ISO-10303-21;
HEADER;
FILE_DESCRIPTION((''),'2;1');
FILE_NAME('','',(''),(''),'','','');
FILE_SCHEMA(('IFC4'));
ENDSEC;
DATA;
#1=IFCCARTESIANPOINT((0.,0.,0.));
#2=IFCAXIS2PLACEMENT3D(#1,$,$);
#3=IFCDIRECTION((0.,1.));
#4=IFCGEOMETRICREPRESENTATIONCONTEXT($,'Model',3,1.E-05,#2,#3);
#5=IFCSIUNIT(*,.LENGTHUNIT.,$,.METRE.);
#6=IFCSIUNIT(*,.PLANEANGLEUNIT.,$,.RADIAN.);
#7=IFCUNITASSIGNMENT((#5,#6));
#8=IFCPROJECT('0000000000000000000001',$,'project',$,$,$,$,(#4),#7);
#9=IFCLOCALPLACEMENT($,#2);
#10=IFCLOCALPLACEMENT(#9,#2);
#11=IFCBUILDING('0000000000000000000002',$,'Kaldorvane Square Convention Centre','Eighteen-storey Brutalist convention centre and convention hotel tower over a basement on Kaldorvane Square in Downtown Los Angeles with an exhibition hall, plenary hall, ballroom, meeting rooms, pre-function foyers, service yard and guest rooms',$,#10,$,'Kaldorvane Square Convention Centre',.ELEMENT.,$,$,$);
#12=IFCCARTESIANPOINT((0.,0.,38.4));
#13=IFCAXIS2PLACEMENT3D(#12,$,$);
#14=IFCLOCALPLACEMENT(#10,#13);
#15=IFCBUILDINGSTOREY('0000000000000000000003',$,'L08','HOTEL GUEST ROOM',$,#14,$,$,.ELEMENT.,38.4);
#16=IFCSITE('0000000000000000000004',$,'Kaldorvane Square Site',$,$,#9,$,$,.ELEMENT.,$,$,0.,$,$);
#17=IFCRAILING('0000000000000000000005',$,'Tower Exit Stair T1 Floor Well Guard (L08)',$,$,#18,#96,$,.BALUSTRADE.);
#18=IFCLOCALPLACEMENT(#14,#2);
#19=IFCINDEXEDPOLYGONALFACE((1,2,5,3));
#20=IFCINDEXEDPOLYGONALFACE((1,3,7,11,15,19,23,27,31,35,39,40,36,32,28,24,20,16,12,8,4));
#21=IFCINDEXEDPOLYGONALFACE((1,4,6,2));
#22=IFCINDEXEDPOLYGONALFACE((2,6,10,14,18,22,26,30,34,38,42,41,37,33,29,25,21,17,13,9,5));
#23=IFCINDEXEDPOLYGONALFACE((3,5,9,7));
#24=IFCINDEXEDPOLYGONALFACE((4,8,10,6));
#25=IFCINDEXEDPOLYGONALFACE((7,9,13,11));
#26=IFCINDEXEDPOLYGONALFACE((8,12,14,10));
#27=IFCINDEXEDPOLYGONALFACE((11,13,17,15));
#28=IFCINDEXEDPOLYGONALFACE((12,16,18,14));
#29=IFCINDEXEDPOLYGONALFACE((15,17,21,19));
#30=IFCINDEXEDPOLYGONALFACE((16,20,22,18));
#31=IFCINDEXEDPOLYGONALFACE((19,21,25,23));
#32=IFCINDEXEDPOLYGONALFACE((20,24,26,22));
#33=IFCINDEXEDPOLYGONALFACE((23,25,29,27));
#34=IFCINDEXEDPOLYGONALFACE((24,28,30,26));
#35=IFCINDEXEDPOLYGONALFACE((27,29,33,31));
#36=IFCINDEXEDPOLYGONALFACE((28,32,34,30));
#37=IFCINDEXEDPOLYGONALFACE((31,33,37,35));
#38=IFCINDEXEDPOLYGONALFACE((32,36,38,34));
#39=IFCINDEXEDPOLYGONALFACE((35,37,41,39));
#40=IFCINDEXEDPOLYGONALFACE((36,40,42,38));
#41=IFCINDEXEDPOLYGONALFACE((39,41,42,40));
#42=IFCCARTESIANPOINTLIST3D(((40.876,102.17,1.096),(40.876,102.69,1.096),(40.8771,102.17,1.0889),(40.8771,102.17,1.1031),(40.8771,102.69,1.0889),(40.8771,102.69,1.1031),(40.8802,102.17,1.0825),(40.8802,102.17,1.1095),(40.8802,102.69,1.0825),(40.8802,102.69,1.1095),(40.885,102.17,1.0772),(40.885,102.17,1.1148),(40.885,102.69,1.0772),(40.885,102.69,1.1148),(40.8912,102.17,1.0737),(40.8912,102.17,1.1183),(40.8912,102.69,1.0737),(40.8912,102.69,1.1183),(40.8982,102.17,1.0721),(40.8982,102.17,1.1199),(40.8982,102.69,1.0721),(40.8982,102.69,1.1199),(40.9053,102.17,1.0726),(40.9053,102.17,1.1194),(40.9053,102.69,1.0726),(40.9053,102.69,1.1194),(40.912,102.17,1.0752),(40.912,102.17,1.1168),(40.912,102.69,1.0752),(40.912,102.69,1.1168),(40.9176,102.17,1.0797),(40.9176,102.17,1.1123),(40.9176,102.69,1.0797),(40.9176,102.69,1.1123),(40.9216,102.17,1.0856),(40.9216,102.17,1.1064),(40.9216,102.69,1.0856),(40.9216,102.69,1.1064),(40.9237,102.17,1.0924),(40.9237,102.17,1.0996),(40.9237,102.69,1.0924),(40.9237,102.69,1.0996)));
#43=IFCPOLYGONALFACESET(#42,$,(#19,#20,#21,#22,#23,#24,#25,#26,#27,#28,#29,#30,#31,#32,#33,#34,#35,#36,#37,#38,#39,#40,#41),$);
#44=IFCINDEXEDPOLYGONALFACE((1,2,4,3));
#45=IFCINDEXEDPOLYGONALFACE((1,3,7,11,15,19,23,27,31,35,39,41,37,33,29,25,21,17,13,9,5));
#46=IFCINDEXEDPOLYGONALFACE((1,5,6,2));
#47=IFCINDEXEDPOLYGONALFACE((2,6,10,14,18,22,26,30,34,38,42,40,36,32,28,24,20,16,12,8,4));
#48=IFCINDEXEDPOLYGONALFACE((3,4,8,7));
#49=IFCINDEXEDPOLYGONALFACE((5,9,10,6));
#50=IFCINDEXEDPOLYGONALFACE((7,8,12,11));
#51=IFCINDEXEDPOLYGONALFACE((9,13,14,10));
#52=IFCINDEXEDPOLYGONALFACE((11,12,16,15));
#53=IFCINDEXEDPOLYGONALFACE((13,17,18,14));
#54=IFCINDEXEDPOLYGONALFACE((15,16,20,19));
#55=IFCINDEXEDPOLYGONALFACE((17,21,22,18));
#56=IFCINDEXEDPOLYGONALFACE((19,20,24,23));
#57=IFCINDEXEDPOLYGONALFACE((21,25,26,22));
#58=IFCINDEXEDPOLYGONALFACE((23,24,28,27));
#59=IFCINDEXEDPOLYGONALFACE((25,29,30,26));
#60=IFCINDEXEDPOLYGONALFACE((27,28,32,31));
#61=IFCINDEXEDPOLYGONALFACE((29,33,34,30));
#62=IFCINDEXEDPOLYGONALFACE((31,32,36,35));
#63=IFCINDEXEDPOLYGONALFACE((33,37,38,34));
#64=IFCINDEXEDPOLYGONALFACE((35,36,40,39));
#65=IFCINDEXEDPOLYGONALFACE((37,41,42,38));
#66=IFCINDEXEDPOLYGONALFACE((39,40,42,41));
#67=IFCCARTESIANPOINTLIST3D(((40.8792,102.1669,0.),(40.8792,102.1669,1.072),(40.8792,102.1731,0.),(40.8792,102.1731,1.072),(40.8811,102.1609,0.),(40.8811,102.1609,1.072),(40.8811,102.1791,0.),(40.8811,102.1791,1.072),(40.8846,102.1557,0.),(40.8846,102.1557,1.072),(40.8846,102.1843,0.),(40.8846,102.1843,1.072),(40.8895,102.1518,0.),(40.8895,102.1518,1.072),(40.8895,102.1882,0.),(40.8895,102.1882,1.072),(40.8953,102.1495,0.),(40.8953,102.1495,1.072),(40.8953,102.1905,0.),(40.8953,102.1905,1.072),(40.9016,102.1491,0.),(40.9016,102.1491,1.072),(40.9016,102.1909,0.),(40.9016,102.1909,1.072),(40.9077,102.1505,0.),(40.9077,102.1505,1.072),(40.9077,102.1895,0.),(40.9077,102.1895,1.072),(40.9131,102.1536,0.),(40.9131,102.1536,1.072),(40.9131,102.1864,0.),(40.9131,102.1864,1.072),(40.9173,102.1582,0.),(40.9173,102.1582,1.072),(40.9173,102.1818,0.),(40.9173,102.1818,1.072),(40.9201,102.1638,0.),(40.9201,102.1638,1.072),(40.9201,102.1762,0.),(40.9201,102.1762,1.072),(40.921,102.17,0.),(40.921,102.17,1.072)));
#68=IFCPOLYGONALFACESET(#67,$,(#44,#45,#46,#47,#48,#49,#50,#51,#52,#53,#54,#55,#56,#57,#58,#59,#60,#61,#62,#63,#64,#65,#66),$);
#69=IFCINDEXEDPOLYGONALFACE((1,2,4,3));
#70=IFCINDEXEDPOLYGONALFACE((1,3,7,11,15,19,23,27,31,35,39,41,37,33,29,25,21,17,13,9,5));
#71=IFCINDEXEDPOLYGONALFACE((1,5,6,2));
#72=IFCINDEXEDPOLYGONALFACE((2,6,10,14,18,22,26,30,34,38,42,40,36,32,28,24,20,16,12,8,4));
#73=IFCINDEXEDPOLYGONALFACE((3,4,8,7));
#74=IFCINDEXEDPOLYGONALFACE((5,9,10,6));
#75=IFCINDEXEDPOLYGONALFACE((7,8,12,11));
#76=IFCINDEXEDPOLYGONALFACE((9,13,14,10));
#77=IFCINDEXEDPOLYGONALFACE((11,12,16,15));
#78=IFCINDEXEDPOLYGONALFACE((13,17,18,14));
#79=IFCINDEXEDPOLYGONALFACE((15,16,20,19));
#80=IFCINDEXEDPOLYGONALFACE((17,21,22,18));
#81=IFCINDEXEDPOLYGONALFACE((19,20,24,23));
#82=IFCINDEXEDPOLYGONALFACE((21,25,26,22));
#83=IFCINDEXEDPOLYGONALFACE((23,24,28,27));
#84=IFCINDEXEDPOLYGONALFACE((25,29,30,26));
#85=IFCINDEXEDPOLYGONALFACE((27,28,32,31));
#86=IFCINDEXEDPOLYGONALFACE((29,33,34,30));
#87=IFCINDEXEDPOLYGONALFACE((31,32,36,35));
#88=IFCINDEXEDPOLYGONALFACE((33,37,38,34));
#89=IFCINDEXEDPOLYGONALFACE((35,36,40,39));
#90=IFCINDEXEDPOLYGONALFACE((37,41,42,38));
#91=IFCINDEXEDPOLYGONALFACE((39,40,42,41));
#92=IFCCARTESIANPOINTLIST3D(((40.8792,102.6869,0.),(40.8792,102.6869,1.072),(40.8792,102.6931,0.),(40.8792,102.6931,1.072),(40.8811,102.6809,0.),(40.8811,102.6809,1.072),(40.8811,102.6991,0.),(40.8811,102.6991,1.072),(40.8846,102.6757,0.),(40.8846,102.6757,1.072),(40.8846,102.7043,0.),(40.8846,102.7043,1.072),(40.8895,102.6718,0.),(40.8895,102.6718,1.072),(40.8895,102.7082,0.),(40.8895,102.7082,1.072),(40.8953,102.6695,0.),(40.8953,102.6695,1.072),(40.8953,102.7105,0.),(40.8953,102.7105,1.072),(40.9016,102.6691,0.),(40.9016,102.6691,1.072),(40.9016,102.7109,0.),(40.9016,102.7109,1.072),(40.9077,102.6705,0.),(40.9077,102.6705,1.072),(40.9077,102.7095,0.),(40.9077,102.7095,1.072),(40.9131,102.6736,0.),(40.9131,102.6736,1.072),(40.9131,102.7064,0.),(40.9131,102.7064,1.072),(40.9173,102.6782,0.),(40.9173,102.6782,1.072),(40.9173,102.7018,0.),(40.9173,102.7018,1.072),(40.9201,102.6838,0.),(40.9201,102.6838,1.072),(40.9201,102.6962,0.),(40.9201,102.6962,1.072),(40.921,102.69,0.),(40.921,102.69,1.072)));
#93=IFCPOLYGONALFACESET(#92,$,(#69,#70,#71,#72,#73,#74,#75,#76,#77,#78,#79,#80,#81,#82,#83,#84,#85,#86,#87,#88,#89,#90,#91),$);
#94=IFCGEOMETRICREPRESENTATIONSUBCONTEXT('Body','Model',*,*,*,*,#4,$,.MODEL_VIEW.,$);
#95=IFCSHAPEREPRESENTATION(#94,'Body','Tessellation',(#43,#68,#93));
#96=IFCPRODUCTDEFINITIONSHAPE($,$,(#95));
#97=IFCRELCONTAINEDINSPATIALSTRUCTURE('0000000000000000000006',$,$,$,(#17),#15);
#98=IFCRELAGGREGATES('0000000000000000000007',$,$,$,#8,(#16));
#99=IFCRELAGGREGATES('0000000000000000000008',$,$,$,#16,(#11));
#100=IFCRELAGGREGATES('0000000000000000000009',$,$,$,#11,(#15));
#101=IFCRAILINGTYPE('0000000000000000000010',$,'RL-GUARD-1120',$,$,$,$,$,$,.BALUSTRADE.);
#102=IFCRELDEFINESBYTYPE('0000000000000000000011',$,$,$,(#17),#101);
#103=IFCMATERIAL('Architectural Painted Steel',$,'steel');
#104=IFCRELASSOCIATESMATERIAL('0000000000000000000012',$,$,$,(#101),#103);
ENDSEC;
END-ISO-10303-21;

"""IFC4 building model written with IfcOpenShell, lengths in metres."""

from ifc_helpers import new_model, si_unit, direction, frame, origin, origin_2d, place, context, subcontext, project, spatial, circle, extrude, material, type_object, element, save


model = new_model("IFC4")

# Units and contexts
model_context = context("Model", 3, precision=1e-05, world=origin(), true_north=direction((0.0, 1.0)))
body_context = subcontext(model_context, "Body", "Model", "MODEL_VIEW")
ifc_project = project(units=[si_unit("LENGTHUNIT", "METRE"), si_unit("PLANEANGLEUNIT", "RADIAN")], contexts=[model_context])

# Site, building, storey
site_placement = place(None, origin())
site = spatial("IfcSite", under=ifc_project, at=site_placement, Name="Kaldorvane Square Site", CompositionType="ELEMENT", RefElevation=0.0)
building_placement = place(site_placement, origin())
building = spatial("IfcBuilding", under=site, at=building_placement, Name="Kaldorvane Square Convention Centre", Description="Eighteen-storey Brutalist convention centre and convention hotel tower over a basement on Kaldorvane Square in Downtown Los Angeles with an exhibition hall, plenary hall, ballroom, meeting rooms, pre-function foyers, service yard and guest rooms", LongName="Kaldorvane Square Convention Centre", CompositionType="ELEMENT")
storey_placement = place(building_placement, frame((0.0, 0.0, 38.4)))
storey = spatial("IfcBuildingStorey", under=building, at=storey_placement, Name="L08", Description="HOTEL GUEST ROOM", CompositionType="ELEMENT", Elevation=38.4)

# Railing
ifc_material_1 = material(Name="Architectural Painted Steel", Category="steel")
railing_type = type_object("IfcRailingType", Name="RL-GUARD-1120", PredefinedType="BALUSTRADE", material=ifc_material_1)
railing_1_placement = place(storey_placement, frame((40.9, 102.17, 0.0)))
element("IfcRailing", 1, at=railing_1_placement, inside=storey, type_object=railing_type, Name="Tower Exit Stair T1 Floor Well Guard (L08)", PredefinedType="BALUSTRADE", context=body_context, shape_type="SweptSolid", body=[
    extrude(circle(Radius=0.024, at=origin_2d()), frame((0.0, 0.0, 1.096), z_axis=(0.0, 1.0, 0.0), x_axis=(-1.0, 0.0, 0.0)), (0.0, 0.0, 1.0), 0.52),
    extrude(circle(Radius=0.021, at=origin_2d()), origin(), (0.0, 0.0, 1.0), 1.072),
    extrude(circle(Radius=0.021, at=origin_2d()), frame((0.0, 0.52, 0.0)), (0.0, 0.0, 1.0), 1.072),
])

save(model, "model.ifc")
